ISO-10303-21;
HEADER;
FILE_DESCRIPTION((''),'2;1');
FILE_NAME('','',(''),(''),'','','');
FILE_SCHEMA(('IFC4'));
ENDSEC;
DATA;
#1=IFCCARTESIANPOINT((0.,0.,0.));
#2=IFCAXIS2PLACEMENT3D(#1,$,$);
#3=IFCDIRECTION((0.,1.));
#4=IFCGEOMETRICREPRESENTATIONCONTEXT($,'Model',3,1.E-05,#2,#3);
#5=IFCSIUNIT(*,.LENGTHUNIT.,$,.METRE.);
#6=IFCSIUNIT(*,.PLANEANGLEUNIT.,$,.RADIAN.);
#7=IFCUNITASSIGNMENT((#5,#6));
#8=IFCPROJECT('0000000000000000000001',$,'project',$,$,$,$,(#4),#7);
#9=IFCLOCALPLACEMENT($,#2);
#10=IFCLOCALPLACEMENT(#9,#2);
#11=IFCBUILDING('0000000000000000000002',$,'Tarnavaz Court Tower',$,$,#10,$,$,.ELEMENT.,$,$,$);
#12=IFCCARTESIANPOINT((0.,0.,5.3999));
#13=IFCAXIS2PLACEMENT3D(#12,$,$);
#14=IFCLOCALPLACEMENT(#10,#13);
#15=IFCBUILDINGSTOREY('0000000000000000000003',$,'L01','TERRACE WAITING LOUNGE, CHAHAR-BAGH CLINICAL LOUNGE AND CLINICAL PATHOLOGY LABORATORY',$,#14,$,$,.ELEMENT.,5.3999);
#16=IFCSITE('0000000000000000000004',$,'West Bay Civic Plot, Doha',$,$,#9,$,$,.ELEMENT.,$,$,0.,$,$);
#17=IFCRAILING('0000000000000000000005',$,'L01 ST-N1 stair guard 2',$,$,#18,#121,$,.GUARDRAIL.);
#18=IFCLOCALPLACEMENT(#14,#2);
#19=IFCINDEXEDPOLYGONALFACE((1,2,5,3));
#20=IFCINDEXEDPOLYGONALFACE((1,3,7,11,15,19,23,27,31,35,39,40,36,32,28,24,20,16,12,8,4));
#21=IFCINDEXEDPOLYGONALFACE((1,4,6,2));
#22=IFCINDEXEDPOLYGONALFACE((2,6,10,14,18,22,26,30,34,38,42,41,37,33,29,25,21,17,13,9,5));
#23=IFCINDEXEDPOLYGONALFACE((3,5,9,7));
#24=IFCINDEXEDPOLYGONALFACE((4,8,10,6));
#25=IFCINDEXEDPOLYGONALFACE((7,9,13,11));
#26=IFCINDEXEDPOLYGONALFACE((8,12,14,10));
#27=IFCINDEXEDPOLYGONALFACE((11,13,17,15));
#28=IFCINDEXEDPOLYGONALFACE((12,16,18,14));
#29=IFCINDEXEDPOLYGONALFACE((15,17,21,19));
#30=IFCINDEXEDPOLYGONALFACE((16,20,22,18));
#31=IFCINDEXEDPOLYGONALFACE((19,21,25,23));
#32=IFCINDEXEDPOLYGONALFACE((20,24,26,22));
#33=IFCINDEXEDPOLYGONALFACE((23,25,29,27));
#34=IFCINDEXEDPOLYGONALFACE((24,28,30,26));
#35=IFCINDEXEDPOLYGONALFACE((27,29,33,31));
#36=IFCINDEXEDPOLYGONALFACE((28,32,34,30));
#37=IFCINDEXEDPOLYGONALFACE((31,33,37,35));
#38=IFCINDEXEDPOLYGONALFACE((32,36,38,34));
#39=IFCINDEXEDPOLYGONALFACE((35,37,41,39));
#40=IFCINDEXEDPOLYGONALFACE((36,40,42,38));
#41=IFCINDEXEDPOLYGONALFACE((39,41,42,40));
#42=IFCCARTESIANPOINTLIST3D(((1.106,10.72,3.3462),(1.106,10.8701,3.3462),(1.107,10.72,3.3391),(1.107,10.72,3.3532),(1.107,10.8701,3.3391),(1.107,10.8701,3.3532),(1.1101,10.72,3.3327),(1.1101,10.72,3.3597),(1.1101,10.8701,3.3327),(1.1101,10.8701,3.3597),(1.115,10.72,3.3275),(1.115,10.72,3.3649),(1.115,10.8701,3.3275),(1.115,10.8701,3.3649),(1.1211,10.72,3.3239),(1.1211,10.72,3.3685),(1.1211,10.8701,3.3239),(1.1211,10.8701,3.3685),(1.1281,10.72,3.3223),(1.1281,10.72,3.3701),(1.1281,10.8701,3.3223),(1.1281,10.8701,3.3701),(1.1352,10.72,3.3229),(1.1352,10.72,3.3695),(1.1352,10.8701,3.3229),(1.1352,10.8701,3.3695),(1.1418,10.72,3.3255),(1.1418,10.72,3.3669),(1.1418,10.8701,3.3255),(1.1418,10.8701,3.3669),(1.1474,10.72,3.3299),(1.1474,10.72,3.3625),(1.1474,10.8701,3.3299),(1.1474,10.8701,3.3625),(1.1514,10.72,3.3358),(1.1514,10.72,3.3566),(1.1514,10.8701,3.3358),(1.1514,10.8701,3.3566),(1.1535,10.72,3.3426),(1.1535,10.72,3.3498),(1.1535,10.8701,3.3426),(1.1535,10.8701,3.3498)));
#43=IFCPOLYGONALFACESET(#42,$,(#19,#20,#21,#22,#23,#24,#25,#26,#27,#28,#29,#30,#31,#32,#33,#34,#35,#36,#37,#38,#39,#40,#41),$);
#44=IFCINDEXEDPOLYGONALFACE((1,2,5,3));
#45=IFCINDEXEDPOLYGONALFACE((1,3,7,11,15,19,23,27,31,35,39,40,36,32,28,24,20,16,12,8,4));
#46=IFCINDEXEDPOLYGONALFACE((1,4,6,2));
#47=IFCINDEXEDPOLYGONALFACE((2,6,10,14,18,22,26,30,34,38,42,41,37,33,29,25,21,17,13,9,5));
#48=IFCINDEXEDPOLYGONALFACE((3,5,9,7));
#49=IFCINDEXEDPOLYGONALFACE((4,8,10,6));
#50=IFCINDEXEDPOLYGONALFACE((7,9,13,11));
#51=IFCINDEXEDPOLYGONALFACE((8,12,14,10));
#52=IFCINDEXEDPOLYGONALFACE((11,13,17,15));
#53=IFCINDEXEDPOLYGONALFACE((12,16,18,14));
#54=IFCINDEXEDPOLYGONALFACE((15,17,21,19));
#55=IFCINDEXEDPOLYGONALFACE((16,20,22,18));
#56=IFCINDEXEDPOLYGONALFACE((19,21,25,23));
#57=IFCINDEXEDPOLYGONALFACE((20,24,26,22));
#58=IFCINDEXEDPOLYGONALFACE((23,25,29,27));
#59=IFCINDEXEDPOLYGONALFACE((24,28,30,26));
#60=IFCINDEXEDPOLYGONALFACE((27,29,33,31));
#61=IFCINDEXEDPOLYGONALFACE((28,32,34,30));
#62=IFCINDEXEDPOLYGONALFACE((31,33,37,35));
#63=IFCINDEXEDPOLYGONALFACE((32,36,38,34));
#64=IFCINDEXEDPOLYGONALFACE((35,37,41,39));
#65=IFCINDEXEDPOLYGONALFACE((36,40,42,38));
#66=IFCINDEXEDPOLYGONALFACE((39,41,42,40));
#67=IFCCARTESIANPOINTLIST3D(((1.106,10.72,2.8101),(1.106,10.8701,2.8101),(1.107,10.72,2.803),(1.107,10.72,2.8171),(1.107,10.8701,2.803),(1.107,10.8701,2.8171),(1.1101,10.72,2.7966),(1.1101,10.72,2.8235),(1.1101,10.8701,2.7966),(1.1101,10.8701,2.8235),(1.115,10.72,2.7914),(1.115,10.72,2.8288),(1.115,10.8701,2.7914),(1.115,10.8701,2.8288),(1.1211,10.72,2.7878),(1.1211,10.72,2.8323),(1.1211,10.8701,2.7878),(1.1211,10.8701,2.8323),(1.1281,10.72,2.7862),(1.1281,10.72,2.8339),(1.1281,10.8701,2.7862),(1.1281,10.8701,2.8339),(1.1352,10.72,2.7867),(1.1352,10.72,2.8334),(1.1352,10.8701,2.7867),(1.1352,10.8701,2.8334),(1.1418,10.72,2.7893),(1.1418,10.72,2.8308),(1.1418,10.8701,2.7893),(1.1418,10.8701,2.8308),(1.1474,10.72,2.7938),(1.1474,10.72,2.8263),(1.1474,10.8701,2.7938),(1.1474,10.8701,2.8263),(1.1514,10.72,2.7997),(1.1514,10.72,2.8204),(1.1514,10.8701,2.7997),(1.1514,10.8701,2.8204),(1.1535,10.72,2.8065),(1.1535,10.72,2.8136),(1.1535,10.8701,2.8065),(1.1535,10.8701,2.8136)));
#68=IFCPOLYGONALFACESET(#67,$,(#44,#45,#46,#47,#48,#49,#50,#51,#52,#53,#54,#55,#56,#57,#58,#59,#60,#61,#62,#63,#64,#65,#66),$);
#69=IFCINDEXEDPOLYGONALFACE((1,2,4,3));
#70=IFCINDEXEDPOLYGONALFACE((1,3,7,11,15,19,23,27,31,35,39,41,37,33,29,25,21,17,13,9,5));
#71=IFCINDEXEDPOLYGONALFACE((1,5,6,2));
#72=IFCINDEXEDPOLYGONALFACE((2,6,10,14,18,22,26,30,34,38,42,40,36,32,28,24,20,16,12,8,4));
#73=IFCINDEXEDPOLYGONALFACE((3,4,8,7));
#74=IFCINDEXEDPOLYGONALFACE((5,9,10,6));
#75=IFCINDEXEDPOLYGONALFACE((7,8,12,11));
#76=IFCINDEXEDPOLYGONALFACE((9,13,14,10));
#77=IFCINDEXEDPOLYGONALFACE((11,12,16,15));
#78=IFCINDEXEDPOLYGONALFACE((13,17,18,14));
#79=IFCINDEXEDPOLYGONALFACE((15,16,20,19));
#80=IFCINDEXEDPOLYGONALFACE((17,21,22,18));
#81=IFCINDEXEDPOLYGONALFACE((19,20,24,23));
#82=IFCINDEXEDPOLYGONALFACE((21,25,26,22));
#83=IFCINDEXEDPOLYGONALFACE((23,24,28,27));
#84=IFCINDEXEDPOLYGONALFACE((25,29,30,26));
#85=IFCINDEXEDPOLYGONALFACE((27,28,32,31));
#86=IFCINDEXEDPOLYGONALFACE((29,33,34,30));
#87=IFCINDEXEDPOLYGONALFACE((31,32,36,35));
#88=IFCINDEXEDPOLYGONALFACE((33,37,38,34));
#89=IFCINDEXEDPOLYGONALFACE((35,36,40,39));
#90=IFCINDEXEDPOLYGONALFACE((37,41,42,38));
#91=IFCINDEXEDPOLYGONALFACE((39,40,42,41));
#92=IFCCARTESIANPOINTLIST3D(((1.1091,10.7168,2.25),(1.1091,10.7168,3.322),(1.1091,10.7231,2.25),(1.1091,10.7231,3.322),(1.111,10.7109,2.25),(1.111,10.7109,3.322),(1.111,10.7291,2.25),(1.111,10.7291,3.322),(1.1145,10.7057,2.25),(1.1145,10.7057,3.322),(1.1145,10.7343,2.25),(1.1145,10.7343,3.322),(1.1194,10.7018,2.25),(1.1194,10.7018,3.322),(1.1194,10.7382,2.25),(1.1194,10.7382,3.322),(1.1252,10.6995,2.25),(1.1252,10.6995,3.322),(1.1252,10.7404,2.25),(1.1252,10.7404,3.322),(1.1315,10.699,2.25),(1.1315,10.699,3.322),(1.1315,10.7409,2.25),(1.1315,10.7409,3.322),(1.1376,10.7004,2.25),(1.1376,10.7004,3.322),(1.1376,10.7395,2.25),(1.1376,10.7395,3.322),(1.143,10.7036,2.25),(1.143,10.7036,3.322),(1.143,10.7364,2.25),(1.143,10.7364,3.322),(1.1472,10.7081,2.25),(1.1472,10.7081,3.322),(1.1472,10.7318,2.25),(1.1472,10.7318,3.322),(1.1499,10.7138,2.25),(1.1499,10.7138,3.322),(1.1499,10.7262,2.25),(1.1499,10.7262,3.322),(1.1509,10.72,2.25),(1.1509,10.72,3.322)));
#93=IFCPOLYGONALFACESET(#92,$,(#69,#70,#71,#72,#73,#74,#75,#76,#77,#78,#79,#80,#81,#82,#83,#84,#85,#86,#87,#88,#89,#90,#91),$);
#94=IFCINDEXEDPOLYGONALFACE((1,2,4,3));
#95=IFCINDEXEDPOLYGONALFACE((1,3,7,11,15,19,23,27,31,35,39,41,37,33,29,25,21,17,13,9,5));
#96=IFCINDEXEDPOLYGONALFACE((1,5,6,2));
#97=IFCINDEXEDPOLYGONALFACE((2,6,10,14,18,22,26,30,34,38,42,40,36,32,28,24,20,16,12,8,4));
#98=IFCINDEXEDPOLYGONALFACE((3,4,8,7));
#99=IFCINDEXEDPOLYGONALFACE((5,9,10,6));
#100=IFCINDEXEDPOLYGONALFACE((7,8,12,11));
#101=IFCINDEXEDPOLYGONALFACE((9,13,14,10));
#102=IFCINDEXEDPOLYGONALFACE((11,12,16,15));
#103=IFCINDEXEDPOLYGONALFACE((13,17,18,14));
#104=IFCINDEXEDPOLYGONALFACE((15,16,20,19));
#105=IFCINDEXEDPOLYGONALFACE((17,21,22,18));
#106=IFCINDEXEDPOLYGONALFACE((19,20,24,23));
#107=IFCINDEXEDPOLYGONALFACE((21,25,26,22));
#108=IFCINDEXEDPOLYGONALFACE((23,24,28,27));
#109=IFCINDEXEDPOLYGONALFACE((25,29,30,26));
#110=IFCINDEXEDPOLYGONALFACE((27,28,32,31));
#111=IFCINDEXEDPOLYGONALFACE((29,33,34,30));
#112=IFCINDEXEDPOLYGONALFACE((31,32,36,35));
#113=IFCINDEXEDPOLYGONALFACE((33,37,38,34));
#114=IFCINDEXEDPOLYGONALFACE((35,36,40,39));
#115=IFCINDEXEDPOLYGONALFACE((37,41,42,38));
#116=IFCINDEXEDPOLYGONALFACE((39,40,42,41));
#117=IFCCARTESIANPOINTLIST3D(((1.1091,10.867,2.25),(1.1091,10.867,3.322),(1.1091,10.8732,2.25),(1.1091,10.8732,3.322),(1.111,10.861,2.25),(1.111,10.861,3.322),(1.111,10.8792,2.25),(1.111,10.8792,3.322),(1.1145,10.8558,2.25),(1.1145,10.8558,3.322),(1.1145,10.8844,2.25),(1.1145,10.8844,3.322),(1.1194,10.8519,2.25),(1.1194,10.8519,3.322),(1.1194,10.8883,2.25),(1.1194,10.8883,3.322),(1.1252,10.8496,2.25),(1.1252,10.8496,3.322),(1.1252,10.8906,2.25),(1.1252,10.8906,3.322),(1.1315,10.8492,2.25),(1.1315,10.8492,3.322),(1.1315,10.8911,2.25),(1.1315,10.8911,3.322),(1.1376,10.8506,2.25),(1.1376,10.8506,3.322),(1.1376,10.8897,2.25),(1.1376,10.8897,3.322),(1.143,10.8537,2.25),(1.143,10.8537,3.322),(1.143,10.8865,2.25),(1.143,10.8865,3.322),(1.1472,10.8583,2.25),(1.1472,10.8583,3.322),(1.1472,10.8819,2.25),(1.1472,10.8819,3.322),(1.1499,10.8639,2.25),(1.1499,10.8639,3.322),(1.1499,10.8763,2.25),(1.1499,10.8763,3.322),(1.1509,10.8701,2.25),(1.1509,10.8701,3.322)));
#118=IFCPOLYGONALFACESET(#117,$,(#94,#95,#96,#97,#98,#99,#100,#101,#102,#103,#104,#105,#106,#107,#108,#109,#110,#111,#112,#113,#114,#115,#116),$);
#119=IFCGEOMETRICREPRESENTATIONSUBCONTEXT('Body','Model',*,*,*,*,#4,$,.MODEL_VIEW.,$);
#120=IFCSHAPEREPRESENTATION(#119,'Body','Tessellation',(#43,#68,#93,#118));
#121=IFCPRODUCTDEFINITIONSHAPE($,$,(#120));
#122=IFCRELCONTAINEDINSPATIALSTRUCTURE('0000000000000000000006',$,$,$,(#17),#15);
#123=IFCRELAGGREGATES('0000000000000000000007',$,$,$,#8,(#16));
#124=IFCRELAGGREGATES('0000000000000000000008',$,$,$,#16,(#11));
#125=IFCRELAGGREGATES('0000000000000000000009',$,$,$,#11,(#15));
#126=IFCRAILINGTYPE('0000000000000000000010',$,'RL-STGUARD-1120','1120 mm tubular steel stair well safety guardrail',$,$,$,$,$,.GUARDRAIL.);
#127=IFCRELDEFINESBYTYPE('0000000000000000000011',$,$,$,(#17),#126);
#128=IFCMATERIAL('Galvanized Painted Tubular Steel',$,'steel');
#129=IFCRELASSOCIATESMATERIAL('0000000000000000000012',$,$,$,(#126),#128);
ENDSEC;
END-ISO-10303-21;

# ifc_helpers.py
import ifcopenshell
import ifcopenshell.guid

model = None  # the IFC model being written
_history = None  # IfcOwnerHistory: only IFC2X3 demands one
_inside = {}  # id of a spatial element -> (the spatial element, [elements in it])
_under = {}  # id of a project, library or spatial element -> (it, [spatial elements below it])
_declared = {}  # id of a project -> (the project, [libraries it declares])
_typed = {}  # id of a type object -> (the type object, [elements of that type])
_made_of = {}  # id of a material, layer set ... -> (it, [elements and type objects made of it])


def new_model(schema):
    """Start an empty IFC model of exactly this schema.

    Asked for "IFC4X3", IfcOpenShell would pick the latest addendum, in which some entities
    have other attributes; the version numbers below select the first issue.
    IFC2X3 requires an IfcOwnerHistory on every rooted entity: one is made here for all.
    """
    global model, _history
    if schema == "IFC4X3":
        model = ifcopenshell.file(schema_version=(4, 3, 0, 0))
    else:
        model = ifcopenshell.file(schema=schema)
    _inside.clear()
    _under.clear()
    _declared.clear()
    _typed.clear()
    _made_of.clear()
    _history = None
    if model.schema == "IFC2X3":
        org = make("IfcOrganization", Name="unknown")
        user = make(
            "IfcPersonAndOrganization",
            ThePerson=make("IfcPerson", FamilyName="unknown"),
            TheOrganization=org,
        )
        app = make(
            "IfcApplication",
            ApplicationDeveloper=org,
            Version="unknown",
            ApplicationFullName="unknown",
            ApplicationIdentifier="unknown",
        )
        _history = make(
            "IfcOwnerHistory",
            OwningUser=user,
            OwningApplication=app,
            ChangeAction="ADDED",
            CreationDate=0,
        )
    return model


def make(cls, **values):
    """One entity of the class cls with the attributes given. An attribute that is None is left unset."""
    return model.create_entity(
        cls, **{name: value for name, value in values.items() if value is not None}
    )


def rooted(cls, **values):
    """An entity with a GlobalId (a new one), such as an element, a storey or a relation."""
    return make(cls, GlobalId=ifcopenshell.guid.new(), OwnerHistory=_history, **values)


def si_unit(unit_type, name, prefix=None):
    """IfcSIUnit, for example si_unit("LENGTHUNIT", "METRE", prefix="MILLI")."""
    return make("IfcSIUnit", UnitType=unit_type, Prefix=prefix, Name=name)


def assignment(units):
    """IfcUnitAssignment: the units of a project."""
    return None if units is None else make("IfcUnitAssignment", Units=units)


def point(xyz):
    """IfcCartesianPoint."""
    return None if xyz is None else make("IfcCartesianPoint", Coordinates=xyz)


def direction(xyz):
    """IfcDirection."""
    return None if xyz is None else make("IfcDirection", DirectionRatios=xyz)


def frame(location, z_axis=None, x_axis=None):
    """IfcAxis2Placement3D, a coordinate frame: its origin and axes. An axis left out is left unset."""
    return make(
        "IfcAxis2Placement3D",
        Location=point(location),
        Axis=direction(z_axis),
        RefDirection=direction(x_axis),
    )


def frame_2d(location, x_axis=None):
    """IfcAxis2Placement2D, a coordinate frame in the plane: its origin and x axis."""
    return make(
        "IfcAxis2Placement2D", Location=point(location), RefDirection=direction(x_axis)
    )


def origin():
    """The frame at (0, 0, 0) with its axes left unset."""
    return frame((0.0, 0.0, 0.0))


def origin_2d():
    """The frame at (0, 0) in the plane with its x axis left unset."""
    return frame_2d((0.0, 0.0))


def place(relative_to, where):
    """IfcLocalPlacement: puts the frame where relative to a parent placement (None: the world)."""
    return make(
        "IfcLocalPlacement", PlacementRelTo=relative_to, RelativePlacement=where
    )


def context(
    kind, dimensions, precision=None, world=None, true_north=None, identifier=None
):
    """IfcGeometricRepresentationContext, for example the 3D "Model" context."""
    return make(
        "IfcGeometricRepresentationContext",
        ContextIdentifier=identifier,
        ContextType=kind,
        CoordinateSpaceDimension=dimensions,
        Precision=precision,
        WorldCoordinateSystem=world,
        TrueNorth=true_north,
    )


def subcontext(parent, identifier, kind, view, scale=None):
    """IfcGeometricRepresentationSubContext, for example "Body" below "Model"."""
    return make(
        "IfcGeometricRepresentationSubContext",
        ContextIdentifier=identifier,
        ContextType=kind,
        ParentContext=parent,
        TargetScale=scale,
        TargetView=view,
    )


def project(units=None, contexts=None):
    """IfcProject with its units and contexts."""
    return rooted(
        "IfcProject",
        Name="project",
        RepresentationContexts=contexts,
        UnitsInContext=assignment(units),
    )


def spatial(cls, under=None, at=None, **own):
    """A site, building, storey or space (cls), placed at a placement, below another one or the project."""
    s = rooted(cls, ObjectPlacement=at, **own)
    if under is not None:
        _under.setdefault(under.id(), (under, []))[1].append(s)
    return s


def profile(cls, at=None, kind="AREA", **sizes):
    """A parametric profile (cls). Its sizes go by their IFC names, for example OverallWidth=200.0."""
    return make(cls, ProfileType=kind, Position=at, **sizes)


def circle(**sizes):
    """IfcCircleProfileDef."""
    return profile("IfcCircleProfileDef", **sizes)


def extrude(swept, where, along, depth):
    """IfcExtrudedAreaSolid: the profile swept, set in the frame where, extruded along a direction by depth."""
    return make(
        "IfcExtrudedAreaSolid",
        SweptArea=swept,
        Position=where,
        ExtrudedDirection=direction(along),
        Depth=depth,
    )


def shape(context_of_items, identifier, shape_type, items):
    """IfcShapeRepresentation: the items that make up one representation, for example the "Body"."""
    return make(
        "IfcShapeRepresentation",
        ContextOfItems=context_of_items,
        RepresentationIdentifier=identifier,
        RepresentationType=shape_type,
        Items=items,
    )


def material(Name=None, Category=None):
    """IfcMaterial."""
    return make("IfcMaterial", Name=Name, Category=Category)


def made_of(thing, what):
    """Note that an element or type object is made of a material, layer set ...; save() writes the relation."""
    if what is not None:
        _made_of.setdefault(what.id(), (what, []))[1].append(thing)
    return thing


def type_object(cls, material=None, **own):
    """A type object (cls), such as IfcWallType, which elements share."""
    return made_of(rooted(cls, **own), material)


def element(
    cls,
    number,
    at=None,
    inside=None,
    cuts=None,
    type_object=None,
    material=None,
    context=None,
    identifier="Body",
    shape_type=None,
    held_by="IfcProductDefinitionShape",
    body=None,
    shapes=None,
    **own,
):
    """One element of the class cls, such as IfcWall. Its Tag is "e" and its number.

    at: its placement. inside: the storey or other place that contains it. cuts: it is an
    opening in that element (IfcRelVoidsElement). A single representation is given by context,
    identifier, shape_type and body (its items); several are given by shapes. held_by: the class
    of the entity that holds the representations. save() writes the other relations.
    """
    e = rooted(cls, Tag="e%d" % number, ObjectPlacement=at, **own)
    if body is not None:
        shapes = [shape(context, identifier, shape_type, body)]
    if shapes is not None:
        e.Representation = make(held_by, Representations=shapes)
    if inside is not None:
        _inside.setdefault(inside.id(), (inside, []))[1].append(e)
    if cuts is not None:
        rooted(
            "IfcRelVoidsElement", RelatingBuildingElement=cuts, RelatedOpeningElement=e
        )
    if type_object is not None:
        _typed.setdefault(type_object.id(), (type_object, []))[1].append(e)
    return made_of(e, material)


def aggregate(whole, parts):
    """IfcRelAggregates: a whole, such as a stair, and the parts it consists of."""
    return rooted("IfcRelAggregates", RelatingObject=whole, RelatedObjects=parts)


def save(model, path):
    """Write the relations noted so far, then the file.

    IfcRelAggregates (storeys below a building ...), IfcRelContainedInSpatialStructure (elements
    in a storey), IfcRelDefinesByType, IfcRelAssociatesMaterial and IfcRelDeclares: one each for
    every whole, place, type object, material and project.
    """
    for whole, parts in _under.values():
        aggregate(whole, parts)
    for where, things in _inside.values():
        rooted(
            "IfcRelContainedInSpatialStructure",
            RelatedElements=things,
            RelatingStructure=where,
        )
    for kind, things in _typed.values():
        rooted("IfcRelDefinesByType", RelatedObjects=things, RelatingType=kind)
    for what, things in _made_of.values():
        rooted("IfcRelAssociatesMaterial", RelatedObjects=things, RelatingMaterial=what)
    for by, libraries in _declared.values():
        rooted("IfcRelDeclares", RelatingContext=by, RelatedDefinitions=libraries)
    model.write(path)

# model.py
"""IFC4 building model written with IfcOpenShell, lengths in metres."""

from ifc_helpers import new_model, si_unit, direction, frame, origin, origin_2d, place, context, subcontext, project, spatial, circle, extrude, material, type_object, element, save


model = new_model("IFC4")

# Units and contexts
model_context = context("Model", 3, precision=1e-05, world=origin(), true_north=direction((0.0, 1.0)))
body_context = subcontext(model_context, "Body", "Model", "MODEL_VIEW")
ifc_project = project(units=[si_unit("LENGTHUNIT", "METRE"), si_unit("PLANEANGLEUNIT", "RADIAN")], contexts=[model_context])

# Site, building, storey
site_placement = place(None, origin())
site = spatial("IfcSite", under=ifc_project, at=site_placement, Name="West Bay Civic Plot, Doha", CompositionType="ELEMENT", RefElevation=0.0)
building_placement = place(site_placement, origin())
building = spatial("IfcBuilding", under=site, at=building_placement, Name="Tarnavaz Court Tower", CompositionType="ELEMENT")
storey_placement = place(building_placement, frame((0.0, 0.0, 5.3999)))
storey = spatial("IfcBuildingStorey", under=building, at=storey_placement, Name="L01", Description="TERRACE WAITING LOUNGE, CHAHAR-BAGH CLINICAL LOUNGE AND CLINICAL PATHOLOGY LABORATORY", CompositionType="ELEMENT", Elevation=5.3999)

# Railing
ifc_material_1 = material(Name="Galvanized Painted Tubular Steel", Category="steel")
railing_type_1 = type_object("IfcRailingType", Name="RL-STGUARD-1120", Description="1120 mm tubular steel stair well safety guardrail", PredefinedType="GUARDRAIL", material=ifc_material_1)
railing_1_placement = place(storey_placement, frame((1.1299, 10.72, 2.25)))
element("IfcRailing", 1, at=railing_1_placement, inside=storey, type_object=railing_type_1, Name="L01 ST-N1 stair guard 2", PredefinedType="GUARDRAIL", context=body_context, shape_type="SweptSolid", body=[
    extrude(circle(Radius=0.0239, at=origin_2d()), frame((0.0, 0.0, 1.0962), z_axis=(0.0, 1.0, 0.0), x_axis=(-1.0, 0.0, 0.0)), (0.0, 0.0, 1.0), 0.1501),
    extrude(circle(Radius=0.0239, at=origin_2d()), frame((0.0, 0.0, 0.5601), z_axis=(0.0, 1.0, 0.0), x_axis=(-1.0, 0.0, 0.0)), (0.0, 0.0, 1.0), 0.1501),
    extrude(circle(Radius=0.021, at=origin_2d()), origin(), (0.0, 0.0, 1.0), 1.072),
    extrude(circle(Radius=0.021, at=origin_2d()), frame((0.0, 0.1501, 0.0)), (0.0, 0.0, 1.0), 1.072),
])

save(model, "model.ifc")
